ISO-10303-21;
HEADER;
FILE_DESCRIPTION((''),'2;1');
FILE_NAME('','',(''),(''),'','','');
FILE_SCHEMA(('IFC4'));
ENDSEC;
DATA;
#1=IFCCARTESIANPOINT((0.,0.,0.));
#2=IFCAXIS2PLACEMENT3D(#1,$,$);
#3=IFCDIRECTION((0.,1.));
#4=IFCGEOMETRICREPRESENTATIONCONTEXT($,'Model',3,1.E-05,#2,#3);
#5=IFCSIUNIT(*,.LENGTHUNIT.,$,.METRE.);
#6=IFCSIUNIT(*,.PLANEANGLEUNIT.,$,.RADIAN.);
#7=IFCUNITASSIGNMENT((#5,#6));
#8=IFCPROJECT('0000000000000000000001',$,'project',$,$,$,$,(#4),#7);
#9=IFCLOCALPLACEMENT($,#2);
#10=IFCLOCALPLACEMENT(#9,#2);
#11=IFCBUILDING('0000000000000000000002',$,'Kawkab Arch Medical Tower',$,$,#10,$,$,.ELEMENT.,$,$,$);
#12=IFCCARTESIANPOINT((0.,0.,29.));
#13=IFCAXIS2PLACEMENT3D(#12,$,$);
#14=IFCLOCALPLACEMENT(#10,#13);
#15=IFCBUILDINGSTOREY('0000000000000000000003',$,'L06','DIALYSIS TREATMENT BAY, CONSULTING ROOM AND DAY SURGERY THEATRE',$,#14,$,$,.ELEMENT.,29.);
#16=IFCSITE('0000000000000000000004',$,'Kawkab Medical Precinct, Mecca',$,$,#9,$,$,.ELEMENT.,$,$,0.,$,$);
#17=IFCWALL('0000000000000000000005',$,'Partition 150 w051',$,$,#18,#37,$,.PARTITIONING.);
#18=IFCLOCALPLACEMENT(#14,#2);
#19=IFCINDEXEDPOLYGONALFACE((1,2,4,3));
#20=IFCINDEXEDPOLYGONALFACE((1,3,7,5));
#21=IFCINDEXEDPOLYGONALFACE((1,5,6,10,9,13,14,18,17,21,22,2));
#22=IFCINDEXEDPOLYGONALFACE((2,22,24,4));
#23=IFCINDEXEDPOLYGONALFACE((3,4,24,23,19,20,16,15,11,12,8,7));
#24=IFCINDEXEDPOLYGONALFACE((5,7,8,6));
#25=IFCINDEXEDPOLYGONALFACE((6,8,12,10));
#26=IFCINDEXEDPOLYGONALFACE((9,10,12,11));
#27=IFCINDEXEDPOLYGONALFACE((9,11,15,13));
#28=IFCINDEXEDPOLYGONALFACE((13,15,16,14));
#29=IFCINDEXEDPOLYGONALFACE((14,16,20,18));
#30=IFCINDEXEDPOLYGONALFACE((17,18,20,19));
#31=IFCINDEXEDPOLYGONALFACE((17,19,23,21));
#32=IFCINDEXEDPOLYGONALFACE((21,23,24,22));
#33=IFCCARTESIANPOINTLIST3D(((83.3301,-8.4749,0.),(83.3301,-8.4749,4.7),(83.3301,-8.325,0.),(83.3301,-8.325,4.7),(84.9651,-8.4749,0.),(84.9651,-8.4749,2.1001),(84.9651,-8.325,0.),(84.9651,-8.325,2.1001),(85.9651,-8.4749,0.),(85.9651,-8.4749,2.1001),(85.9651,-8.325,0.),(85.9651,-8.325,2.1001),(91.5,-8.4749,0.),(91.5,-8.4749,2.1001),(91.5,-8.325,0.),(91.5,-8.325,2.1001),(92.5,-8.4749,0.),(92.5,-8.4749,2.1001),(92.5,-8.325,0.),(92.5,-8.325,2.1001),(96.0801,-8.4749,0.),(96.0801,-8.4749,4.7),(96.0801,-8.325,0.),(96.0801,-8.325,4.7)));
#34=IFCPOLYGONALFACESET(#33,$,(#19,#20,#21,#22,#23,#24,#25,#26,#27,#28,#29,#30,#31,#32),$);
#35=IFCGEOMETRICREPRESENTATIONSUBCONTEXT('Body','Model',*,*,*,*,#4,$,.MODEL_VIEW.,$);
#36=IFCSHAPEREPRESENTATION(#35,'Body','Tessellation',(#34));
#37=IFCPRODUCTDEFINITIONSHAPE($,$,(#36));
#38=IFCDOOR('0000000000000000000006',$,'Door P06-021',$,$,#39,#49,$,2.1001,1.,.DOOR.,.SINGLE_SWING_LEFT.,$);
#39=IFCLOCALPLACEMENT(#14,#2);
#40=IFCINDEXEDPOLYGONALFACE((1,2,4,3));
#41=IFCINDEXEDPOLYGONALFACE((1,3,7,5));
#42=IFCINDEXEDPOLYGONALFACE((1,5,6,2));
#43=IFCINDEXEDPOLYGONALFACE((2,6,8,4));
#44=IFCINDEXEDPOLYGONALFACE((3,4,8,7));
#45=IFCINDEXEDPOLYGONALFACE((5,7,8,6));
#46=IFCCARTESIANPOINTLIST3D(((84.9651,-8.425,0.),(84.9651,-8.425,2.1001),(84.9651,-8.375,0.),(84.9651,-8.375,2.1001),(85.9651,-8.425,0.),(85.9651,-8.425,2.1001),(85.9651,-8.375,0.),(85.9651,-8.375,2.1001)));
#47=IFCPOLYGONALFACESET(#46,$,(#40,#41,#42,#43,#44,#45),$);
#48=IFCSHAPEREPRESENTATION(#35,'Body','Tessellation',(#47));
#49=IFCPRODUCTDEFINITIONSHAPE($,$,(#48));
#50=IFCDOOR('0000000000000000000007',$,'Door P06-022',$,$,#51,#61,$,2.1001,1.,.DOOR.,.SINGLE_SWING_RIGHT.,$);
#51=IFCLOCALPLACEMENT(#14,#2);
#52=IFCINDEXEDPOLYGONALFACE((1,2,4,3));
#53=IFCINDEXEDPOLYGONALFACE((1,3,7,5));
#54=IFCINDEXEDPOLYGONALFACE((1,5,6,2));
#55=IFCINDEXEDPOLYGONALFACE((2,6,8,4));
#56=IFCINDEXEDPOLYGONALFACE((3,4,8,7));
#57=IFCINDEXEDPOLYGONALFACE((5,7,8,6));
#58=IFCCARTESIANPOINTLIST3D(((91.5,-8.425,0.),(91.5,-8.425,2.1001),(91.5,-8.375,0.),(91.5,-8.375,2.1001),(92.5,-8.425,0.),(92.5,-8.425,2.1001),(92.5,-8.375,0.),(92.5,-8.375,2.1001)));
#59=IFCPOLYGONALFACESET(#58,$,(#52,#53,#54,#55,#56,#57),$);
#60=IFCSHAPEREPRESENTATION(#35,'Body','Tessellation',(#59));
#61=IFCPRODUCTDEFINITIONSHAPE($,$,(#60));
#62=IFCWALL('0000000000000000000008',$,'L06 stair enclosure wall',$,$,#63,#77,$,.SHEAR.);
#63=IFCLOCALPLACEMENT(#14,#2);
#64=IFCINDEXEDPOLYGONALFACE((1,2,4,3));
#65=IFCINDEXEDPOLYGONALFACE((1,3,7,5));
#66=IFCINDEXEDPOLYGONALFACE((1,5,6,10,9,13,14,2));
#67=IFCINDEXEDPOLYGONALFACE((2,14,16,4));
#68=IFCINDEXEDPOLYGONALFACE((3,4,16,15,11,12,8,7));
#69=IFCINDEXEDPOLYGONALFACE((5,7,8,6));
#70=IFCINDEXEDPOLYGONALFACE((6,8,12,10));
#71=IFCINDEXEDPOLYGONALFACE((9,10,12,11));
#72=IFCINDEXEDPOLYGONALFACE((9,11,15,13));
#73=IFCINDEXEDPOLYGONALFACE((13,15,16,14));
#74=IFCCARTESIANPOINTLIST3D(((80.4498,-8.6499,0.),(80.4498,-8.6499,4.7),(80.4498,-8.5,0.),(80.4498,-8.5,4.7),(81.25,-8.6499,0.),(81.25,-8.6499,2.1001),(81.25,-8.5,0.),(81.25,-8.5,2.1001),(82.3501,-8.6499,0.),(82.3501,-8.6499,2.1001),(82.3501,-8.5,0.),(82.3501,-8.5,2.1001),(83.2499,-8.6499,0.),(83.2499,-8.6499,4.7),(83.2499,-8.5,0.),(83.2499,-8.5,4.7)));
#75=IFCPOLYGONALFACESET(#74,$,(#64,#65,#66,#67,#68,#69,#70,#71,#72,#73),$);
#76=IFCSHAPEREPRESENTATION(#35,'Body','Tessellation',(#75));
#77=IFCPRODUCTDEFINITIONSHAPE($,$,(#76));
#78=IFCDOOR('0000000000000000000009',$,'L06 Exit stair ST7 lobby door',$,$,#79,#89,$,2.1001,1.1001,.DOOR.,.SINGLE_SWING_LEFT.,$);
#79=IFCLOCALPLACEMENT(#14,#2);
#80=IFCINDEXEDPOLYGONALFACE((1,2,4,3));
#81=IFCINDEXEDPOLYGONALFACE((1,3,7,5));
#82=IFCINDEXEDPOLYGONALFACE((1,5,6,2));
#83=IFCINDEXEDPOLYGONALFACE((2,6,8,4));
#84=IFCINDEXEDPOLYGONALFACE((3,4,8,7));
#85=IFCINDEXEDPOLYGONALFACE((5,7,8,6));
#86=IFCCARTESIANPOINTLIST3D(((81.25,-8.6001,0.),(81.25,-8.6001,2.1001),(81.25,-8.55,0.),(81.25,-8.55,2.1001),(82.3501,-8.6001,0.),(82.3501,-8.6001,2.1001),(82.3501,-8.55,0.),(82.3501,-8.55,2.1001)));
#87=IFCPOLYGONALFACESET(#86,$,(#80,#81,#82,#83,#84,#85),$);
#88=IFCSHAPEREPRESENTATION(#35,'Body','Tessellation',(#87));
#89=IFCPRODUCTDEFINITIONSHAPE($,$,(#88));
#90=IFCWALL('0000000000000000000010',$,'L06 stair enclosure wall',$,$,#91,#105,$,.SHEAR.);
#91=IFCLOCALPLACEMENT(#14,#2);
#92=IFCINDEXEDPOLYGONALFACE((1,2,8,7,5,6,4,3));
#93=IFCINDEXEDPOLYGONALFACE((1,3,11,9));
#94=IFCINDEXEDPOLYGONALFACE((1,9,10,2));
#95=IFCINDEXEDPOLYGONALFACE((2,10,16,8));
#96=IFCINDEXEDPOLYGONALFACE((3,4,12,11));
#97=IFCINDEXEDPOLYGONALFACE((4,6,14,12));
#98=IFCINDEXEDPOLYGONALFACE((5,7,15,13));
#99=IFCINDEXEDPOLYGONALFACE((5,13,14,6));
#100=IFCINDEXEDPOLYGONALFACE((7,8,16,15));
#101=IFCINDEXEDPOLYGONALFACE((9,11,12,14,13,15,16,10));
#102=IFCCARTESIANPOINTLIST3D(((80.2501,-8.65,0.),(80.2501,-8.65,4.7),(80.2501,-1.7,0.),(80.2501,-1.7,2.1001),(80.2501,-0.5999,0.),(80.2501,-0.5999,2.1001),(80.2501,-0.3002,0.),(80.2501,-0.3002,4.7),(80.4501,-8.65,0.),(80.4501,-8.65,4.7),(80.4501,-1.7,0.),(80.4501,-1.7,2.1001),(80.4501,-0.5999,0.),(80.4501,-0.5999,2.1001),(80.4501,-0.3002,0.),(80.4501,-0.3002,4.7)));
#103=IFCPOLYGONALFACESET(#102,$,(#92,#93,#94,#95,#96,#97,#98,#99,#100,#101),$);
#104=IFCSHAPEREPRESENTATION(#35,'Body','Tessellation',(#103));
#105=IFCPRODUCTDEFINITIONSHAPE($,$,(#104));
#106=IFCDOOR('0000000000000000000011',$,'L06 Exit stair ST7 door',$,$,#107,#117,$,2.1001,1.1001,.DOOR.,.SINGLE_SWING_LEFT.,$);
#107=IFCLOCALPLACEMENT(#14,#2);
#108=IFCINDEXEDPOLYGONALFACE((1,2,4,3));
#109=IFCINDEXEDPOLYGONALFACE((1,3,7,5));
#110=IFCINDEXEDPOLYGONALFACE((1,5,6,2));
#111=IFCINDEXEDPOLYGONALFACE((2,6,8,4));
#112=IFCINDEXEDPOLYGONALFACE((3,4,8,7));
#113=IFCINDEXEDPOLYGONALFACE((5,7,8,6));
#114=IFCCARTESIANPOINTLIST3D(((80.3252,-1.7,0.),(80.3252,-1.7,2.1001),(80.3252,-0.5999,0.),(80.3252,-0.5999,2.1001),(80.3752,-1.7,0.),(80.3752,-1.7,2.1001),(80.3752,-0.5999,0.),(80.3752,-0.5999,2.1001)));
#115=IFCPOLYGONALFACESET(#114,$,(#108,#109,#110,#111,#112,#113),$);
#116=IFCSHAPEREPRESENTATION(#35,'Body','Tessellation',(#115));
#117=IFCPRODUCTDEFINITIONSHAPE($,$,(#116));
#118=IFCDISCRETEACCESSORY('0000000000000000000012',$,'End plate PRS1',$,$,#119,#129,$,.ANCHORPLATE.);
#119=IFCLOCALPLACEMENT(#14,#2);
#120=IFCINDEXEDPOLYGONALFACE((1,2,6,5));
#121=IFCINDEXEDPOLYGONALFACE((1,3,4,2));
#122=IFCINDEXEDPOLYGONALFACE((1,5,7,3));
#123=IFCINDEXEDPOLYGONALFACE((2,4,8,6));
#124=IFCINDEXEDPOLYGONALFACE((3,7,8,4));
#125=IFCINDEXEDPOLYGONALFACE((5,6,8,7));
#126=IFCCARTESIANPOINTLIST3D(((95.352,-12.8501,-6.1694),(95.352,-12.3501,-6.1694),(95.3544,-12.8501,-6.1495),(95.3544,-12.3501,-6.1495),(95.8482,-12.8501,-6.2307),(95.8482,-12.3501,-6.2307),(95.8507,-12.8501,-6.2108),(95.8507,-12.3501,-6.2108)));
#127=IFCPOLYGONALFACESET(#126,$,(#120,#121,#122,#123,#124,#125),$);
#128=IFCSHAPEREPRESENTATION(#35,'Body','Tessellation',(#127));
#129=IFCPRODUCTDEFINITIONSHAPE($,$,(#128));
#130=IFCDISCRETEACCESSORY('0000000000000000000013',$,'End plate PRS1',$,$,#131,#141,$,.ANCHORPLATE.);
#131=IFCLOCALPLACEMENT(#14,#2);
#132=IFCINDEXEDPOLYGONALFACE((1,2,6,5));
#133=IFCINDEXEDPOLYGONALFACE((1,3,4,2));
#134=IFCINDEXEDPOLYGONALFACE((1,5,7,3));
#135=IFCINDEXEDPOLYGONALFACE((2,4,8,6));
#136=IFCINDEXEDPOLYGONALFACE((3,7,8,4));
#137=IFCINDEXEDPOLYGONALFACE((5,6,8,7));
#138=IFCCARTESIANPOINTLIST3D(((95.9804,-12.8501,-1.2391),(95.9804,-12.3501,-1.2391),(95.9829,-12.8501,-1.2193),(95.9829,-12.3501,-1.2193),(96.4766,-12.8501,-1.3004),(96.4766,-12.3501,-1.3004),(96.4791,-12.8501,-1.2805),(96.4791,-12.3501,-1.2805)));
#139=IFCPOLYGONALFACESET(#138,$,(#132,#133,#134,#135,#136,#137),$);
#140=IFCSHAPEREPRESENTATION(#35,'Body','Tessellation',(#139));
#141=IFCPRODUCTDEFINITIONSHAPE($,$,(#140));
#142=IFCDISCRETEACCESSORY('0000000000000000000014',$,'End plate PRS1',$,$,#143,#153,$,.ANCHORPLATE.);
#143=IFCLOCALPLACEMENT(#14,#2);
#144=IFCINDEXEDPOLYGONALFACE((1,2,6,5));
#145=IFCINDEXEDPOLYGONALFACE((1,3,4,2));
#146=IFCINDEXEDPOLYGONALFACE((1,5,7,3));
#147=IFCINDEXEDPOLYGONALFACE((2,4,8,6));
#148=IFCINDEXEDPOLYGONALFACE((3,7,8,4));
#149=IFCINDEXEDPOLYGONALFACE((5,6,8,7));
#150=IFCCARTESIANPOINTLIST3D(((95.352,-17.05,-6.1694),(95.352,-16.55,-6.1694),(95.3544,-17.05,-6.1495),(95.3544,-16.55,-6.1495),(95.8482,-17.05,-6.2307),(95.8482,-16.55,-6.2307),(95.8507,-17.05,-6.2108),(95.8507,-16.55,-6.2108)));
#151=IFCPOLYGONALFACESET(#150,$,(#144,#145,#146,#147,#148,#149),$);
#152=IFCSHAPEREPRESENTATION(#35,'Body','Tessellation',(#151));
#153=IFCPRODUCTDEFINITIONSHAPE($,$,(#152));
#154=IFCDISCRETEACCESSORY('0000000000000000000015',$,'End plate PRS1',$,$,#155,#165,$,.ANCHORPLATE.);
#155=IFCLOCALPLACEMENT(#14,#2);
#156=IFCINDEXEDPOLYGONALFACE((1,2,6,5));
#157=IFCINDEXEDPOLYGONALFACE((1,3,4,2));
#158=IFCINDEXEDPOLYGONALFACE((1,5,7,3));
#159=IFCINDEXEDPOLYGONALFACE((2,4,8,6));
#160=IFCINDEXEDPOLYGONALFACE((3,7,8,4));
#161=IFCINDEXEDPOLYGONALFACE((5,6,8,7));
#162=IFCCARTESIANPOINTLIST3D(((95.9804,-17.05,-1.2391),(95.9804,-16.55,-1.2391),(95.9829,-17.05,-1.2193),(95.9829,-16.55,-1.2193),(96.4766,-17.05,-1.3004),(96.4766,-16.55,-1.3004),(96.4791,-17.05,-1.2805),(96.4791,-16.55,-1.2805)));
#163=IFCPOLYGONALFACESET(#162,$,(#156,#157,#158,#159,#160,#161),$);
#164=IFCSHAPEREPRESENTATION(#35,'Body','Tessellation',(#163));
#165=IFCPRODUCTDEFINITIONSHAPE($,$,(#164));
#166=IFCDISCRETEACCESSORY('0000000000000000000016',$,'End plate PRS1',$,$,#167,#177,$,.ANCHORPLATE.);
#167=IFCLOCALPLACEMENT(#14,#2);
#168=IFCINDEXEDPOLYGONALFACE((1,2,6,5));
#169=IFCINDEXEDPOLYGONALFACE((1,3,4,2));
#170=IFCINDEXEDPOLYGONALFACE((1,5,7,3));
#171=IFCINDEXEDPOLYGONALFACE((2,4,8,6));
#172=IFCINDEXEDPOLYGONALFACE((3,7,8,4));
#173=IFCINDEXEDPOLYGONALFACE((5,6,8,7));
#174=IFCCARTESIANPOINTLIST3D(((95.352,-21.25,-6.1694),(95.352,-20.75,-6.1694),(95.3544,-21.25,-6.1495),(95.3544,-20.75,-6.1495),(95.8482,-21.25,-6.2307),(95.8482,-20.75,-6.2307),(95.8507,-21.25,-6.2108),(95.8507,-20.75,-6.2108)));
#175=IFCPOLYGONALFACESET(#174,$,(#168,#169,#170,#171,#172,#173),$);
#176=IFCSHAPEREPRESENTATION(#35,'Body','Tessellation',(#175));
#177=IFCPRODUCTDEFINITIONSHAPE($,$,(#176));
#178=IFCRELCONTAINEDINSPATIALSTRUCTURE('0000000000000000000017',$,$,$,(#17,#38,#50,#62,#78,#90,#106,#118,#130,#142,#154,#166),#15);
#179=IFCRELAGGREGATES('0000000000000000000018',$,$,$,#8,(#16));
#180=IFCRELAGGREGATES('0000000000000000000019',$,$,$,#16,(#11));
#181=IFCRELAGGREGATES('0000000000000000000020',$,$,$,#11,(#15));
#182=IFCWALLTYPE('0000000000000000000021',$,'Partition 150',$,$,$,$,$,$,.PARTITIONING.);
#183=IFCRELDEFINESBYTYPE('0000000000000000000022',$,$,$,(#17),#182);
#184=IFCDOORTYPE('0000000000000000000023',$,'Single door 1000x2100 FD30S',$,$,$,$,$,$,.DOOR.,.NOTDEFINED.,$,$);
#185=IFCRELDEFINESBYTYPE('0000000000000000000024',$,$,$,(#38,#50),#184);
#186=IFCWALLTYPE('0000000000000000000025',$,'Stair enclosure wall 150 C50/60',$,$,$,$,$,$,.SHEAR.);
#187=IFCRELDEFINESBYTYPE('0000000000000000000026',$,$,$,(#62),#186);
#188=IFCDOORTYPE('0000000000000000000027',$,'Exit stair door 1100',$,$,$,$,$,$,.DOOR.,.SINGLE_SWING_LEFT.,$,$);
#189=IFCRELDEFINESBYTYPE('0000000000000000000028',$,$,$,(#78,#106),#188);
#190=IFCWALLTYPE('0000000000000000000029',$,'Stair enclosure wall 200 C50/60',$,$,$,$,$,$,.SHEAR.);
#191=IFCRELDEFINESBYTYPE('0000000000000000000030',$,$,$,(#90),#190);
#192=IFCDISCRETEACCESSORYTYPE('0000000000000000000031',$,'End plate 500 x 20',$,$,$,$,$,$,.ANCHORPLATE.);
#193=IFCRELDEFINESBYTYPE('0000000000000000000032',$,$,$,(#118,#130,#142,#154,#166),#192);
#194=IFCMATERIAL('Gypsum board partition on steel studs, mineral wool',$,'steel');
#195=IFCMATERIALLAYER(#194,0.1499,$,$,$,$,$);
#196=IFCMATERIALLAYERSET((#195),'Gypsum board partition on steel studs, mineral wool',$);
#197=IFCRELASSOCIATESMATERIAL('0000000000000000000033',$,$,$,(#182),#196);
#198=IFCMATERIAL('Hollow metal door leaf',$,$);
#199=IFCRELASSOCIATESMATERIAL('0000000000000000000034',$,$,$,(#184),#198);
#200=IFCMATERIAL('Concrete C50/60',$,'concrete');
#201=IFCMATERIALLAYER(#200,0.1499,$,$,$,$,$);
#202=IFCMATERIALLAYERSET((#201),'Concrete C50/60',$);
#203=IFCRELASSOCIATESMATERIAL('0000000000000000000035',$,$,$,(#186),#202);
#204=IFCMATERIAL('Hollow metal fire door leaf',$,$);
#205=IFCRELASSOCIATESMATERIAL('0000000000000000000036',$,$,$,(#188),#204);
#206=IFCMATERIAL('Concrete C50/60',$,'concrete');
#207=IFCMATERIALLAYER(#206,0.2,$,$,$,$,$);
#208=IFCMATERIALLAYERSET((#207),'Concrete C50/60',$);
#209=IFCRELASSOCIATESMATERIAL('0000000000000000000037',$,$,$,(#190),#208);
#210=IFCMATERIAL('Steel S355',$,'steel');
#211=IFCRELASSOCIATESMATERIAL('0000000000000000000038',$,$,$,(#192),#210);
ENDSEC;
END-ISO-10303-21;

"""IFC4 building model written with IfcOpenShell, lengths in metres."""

from ifc_helpers import new_model, si_unit, direction, frame, frame_2d, origin, origin_2d, place, context, subcontext, project, spatial, rectangle, extrude, material, layer, layer_set, material_profile, profile_set, type_object, element, fill, save


model = new_model("IFC4")

# Units and contexts
model_context = context("Model", 3, precision=1e-05, world=origin(), true_north=direction((0.0, 1.0)))
body_context = subcontext(model_context, "Body", "Model", "MODEL_VIEW")
ifc_project = project(units=[si_unit("LENGTHUNIT", "METRE"), si_unit("PLANEANGLEUNIT", "RADIAN")], contexts=[model_context])

# Site, building, storey
site_placement = place(None, origin())
site = spatial("IfcSite", under=ifc_project, at=site_placement, Name="Kawkab Medical Precinct, Mecca", CompositionType="ELEMENT", RefElevation=0.0)
building_placement = place(site_placement, origin())
building = spatial("IfcBuilding", under=site, at=building_placement, Name="Kawkab Arch Medical Tower", CompositionType="ELEMENT")
storey_placement = place(building_placement, frame((0.0, 0.0, 29.0)))
storey = spatial("IfcBuildingStorey", under=building, at=storey_placement, Name="L06", Description="DIALYSIS TREATMENT BAY, CONSULTING ROOM AND DAY SURGERY THEATRE", CompositionType="ELEMENT", Elevation=29.0)

# Shared definitions
ifc_material_1 = material(Name="Gypsum board partition on steel studs, mineral wool", Category="steel")
ifc_layer_1 = layer(ifc_material_1, 0.1499)
ifc_layer_set_1 = layer_set([ifc_layer_1], Name="Gypsum board partition on steel studs, mineral wool")
wall_type_1 = type_object("IfcWallType", Name="Partition 150", PredefinedType="PARTITIONING", material=ifc_layer_set_1)

# Wall, openings, doors
wall_1_placement = place(storey_placement, frame((83.3301, -8.3999, 0.0), z_axis=(0.0, 0.0, 1.0), x_axis=(1.0, 0.0, 0.0)))
wall_1 = element("IfcWall", 1, at=wall_1_placement, inside=storey, type_object=wall_type_1, Name="Partition 150 w051", PredefinedType="PARTITIONING", context=body_context, shape_type="SweptSolid", body=[
    extrude(rectangle(XDim=12.75, YDim=0.1499, at=frame_2d((6.375, 0.0))), origin(), (0.0, 0.0, 1.0), 4.7),
])
opening_1_placement = place(wall_1_placement, frame((1.635, 0.0, 0.0)))
opening_1 = element("IfcOpeningElement", 2, at=opening_1_placement, cuts=wall_1, PredefinedType="OPENING", context=body_context, shape_type="SweptSolid", body=[
    extrude(rectangle(XDim=1.0, YDim=2.1001, at=frame_2d((0.5, 1.05))), frame((0.0, 0.085, 0.0), z_axis=(0.0, -1.0, 0.0), x_axis=(1.0, 0.0, 0.0)), (0.0, 0.0, 1.0), 0.1699),
])
opening_2_placement = place(wall_1_placement, frame((8.1699, 0.0, 0.0)))
opening_2 = element("IfcOpeningElement", 3, at=opening_2_placement, cuts=wall_1, PredefinedType="OPENING", context=body_context, shape_type="SweptSolid", body=[
    extrude(rectangle(XDim=1.0, YDim=2.1001, at=frame_2d((0.5, 1.05))), frame((0.0, 0.085, 0.0), z_axis=(0.0, -1.0, 0.0), x_axis=(1.0, 0.0, 0.0)), (0.0, 0.0, 1.0), 0.1699),
])
ifc_material_2 = material(Name="Hollow metal door leaf")
door_type_1 = type_object("IfcDoorType", Name="Single door 1000x2100 FD30S", OperationType="NOTDEFINED", PredefinedType="DOOR", material=ifc_material_2)
door_1_placement = place(opening_1_placement, origin())
door_1 = element("IfcDoor", 4, at=door_1_placement, inside=storey, type_object=door_type_1, Name="Door P06-021", OperationType="SINGLE_SWING_LEFT", OverallHeight=2.1001, OverallWidth=1.0, PredefinedType="DOOR", context=body_context, shape_type="SweptSolid", body=[
    extrude(rectangle(XDim=1.0, YDim=2.1001, at=frame_2d((0.5, 1.05))), frame((0.0, 0.0249, 0.0), z_axis=(0.0, -1.0, 0.0), x_axis=(1.0, 0.0, 0.0)), (0.0, 0.0, 1.0), 0.05),
])
fill(opening_1, door_1)
door_2_placement = place(opening_2_placement, origin())
door_2 = element("IfcDoor", 5, at=door_2_placement, inside=storey, type_object=door_type_1, Name="Door P06-022", OperationType="SINGLE_SWING_RIGHT", OverallHeight=2.1001, OverallWidth=1.0, PredefinedType="DOOR", context=body_context, shape_type="SweptSolid", body=[
    extrude(rectangle(XDim=1.0, YDim=2.1001, at=frame_2d((0.5, 1.05))), frame((0.0, 0.0249, 0.0), z_axis=(0.0, -1.0, 0.0), x_axis=(1.0, 0.0, 0.0)), (0.0, 0.0, 1.0), 0.05),
])
fill(opening_2, door_2)

# Walls, openings, doors
ifc_material_3 = material(Name="Concrete C50/60", Category="concrete")
ifc_layer_2 = layer(ifc_material_3, 0.1499)
ifc_layer_set_2 = layer_set([ifc_layer_2], Name="Concrete C50/60")
wall_type_2 = type_object("IfcWallType", Name="Stair enclosure wall 150 C50/60", PredefinedType="SHEAR", material=ifc_layer_set_2)
wall_2_placement = place(storey_placement, frame((80.45, -8.575, 0.0), z_axis=(0.0, 0.0, 1.0), x_axis=(1.0, 0.0, 0.0)))
wall_2 = element("IfcWall", 6, at=wall_2_placement, inside=storey, type_object=wall_type_2, Name="L06 stair enclosure wall", PredefinedType="SHEAR", context=body_context, shape_type="SweptSolid", body=[
    extrude(rectangle(XDim=2.8, YDim=0.1499, at=frame_2d((1.3999, 0.0))), origin(), (0.0, 0.0, 1.0), 4.7),
])
opening_3_placement = place(wall_2_placement, frame((0.8, 0.0, 0.0)))
opening_3 = element("IfcOpeningElement", 7, at=opening_3_placement, cuts=wall_2, PredefinedType="OPENING", context=body_context, shape_type="SweptSolid", body=[
    extrude(rectangle(XDim=1.1001, YDim=2.1001, at=frame_2d((0.55, 1.05))), frame((0.0, 0.085, 0.0), z_axis=(0.0, -1.0, 0.0), x_axis=(1.0, 0.0, 0.0)), (0.0, 0.0, 1.0), 0.1699),
])
ifc_material_4 = material(Name="Hollow metal fire door leaf")
door_type_2 = type_object("IfcDoorType", Name="Exit stair door 1100", OperationType="SINGLE_SWING_LEFT", PredefinedType="DOOR", material=ifc_material_4)
door_3_placement = place(opening_3_placement, origin())
door_3 = element("IfcDoor", 8, at=door_3_placement, inside=storey, type_object=door_type_2, Name="L06 Exit stair ST7 lobby door", OperationType="SINGLE_SWING_LEFT", OverallHeight=2.1001, OverallWidth=1.1001, PredefinedType="DOOR", context=body_context, shape_type="SweptSolid", body=[
    extrude(rectangle(XDim=1.1001, YDim=2.1001, at=frame_2d((0.55, 1.05))), frame((0.0, 0.0249, 0.0), z_axis=(0.0, -1.0, 0.0), x_axis=(1.0, 0.0, 0.0)), (0.0, 0.0, 1.0), 0.05),
])
fill(opening_3, door_3)
ifc_material_5 = material(Name="Concrete C50/60", Category="concrete")
ifc_layer_3 = layer(ifc_material_5, 0.2)
ifc_layer_set_3 = layer_set([ifc_layer_3], Name="Concrete C50/60")
wall_type_3 = type_object("IfcWallType", Name="Stair enclosure wall 200 C50/60", PredefinedType="SHEAR", material=ifc_layer_set_3)
wall_3_placement = place(storey_placement, frame((80.3501, -8.6499, 0.0), z_axis=(0.0, 0.0, 1.0), x_axis=(0.0, 1.0, 0.0)))
wall_3 = element("IfcWall", 9, at=wall_3_placement, inside=storey, type_object=wall_type_3, Name="L06 stair enclosure wall", PredefinedType="SHEAR", context=body_context, shape_type="SweptSolid", body=[
    extrude(rectangle(XDim=8.3499, YDim=0.2, at=frame_2d((4.1748, 0.0))), origin(), (0.0, 0.0, 1.0), 4.7),
])
opening_4_placement = place(wall_3_placement, frame((6.95, 0.0, 0.0)))
opening_4 = element("IfcOpeningElement", 10, at=opening_4_placement, cuts=wall_3, PredefinedType="OPENING", context=body_context, shape_type="SweptSolid", body=[
    extrude(rectangle(XDim=1.1001, YDim=2.1001, at=frame_2d((0.55, 1.05))), frame((0.0, 0.1099, 0.0), z_axis=(0.0, -1.0, 0.0), x_axis=(1.0, 0.0, 0.0)), (0.0, 0.0, 1.0), 0.22),
])
door_4_placement = place(opening_4_placement, origin())
door_4 = element("IfcDoor", 11, at=door_4_placement, inside=storey, type_object=door_type_2, Name="L06 Exit stair ST7 door", OperationType="SINGLE_SWING_LEFT", OverallHeight=2.1001, OverallWidth=1.1001, PredefinedType="DOOR", context=body_context, shape_type="SweptSolid", body=[
    extrude(rectangle(XDim=1.1001, YDim=2.1001, at=frame_2d((0.55, 1.05))), frame((0.0, 0.0249, 0.0), z_axis=(0.0, -1.0, 0.0), x_axis=(1.0, 0.0, 0.0)), (0.0, 0.0, 1.0), 0.05),
])
fill(opening_4, door_4)

# Discrete accessories
ifc_material_6 = material(Name="Steel S355", Category="steel")
ifc_material_profile_1 = material_profile(ifc_material_6, rectangle(XDim=0.5, YDim=0.5, at=origin_2d()), Name="End plate 500 x 20")
ifc_profile_set_1 = profile_set([ifc_material_profile_1], Name="Steel S355")
discrete_accessory_type = type_object("IfcDiscreteAccessoryType", Name="End plate 500 x 20", PredefinedType="ANCHORPLATE", material=ifc_profile_set_1)
for number, where, z_axis, x_axis, name in (
    (12, (95.6025, -12.6001, -6.1802), (-0.122527, 0.0, -0.992465), (0.0, -1.0, 0.0), "End plate PRS1"),
    (13, (96.2285, -12.6001, -1.2698), (0.122527, 0.0, 0.992465), (0.0, 1.0, 0.0), "End plate PRS1"),
    (14, (95.6025, -16.8, -6.1802), (-0.122527, 0.0, -0.992465), (0.0, -1.0, 0.0), "End plate PRS1"),
    (15, (96.2285, -16.8, -1.2698), (0.122527, 0.0, 0.992465), (0.0, 1.0, 0.0), "End plate PRS1"),
    (16, (95.6025, -21.0, -6.1802), (-0.122527, 0.0, -0.992465), (0.0, -1.0, 0.0), "End plate PRS1"),
):
    element("IfcDiscreteAccessory", number, at=place(storey_placement, frame(where, z_axis=z_axis, x_axis=x_axis)), inside=storey, type_object=discrete_accessory_type, Name=name, PredefinedType="ANCHORPLATE", context=body_context, shape_type="SweptSolid", body=[
        extrude(rectangle(XDim=0.5, YDim=0.5, at=origin_2d()), origin(), (0.0, 0.0, 1.0), 0.02),
    ])

save(model, "model.ifc")
